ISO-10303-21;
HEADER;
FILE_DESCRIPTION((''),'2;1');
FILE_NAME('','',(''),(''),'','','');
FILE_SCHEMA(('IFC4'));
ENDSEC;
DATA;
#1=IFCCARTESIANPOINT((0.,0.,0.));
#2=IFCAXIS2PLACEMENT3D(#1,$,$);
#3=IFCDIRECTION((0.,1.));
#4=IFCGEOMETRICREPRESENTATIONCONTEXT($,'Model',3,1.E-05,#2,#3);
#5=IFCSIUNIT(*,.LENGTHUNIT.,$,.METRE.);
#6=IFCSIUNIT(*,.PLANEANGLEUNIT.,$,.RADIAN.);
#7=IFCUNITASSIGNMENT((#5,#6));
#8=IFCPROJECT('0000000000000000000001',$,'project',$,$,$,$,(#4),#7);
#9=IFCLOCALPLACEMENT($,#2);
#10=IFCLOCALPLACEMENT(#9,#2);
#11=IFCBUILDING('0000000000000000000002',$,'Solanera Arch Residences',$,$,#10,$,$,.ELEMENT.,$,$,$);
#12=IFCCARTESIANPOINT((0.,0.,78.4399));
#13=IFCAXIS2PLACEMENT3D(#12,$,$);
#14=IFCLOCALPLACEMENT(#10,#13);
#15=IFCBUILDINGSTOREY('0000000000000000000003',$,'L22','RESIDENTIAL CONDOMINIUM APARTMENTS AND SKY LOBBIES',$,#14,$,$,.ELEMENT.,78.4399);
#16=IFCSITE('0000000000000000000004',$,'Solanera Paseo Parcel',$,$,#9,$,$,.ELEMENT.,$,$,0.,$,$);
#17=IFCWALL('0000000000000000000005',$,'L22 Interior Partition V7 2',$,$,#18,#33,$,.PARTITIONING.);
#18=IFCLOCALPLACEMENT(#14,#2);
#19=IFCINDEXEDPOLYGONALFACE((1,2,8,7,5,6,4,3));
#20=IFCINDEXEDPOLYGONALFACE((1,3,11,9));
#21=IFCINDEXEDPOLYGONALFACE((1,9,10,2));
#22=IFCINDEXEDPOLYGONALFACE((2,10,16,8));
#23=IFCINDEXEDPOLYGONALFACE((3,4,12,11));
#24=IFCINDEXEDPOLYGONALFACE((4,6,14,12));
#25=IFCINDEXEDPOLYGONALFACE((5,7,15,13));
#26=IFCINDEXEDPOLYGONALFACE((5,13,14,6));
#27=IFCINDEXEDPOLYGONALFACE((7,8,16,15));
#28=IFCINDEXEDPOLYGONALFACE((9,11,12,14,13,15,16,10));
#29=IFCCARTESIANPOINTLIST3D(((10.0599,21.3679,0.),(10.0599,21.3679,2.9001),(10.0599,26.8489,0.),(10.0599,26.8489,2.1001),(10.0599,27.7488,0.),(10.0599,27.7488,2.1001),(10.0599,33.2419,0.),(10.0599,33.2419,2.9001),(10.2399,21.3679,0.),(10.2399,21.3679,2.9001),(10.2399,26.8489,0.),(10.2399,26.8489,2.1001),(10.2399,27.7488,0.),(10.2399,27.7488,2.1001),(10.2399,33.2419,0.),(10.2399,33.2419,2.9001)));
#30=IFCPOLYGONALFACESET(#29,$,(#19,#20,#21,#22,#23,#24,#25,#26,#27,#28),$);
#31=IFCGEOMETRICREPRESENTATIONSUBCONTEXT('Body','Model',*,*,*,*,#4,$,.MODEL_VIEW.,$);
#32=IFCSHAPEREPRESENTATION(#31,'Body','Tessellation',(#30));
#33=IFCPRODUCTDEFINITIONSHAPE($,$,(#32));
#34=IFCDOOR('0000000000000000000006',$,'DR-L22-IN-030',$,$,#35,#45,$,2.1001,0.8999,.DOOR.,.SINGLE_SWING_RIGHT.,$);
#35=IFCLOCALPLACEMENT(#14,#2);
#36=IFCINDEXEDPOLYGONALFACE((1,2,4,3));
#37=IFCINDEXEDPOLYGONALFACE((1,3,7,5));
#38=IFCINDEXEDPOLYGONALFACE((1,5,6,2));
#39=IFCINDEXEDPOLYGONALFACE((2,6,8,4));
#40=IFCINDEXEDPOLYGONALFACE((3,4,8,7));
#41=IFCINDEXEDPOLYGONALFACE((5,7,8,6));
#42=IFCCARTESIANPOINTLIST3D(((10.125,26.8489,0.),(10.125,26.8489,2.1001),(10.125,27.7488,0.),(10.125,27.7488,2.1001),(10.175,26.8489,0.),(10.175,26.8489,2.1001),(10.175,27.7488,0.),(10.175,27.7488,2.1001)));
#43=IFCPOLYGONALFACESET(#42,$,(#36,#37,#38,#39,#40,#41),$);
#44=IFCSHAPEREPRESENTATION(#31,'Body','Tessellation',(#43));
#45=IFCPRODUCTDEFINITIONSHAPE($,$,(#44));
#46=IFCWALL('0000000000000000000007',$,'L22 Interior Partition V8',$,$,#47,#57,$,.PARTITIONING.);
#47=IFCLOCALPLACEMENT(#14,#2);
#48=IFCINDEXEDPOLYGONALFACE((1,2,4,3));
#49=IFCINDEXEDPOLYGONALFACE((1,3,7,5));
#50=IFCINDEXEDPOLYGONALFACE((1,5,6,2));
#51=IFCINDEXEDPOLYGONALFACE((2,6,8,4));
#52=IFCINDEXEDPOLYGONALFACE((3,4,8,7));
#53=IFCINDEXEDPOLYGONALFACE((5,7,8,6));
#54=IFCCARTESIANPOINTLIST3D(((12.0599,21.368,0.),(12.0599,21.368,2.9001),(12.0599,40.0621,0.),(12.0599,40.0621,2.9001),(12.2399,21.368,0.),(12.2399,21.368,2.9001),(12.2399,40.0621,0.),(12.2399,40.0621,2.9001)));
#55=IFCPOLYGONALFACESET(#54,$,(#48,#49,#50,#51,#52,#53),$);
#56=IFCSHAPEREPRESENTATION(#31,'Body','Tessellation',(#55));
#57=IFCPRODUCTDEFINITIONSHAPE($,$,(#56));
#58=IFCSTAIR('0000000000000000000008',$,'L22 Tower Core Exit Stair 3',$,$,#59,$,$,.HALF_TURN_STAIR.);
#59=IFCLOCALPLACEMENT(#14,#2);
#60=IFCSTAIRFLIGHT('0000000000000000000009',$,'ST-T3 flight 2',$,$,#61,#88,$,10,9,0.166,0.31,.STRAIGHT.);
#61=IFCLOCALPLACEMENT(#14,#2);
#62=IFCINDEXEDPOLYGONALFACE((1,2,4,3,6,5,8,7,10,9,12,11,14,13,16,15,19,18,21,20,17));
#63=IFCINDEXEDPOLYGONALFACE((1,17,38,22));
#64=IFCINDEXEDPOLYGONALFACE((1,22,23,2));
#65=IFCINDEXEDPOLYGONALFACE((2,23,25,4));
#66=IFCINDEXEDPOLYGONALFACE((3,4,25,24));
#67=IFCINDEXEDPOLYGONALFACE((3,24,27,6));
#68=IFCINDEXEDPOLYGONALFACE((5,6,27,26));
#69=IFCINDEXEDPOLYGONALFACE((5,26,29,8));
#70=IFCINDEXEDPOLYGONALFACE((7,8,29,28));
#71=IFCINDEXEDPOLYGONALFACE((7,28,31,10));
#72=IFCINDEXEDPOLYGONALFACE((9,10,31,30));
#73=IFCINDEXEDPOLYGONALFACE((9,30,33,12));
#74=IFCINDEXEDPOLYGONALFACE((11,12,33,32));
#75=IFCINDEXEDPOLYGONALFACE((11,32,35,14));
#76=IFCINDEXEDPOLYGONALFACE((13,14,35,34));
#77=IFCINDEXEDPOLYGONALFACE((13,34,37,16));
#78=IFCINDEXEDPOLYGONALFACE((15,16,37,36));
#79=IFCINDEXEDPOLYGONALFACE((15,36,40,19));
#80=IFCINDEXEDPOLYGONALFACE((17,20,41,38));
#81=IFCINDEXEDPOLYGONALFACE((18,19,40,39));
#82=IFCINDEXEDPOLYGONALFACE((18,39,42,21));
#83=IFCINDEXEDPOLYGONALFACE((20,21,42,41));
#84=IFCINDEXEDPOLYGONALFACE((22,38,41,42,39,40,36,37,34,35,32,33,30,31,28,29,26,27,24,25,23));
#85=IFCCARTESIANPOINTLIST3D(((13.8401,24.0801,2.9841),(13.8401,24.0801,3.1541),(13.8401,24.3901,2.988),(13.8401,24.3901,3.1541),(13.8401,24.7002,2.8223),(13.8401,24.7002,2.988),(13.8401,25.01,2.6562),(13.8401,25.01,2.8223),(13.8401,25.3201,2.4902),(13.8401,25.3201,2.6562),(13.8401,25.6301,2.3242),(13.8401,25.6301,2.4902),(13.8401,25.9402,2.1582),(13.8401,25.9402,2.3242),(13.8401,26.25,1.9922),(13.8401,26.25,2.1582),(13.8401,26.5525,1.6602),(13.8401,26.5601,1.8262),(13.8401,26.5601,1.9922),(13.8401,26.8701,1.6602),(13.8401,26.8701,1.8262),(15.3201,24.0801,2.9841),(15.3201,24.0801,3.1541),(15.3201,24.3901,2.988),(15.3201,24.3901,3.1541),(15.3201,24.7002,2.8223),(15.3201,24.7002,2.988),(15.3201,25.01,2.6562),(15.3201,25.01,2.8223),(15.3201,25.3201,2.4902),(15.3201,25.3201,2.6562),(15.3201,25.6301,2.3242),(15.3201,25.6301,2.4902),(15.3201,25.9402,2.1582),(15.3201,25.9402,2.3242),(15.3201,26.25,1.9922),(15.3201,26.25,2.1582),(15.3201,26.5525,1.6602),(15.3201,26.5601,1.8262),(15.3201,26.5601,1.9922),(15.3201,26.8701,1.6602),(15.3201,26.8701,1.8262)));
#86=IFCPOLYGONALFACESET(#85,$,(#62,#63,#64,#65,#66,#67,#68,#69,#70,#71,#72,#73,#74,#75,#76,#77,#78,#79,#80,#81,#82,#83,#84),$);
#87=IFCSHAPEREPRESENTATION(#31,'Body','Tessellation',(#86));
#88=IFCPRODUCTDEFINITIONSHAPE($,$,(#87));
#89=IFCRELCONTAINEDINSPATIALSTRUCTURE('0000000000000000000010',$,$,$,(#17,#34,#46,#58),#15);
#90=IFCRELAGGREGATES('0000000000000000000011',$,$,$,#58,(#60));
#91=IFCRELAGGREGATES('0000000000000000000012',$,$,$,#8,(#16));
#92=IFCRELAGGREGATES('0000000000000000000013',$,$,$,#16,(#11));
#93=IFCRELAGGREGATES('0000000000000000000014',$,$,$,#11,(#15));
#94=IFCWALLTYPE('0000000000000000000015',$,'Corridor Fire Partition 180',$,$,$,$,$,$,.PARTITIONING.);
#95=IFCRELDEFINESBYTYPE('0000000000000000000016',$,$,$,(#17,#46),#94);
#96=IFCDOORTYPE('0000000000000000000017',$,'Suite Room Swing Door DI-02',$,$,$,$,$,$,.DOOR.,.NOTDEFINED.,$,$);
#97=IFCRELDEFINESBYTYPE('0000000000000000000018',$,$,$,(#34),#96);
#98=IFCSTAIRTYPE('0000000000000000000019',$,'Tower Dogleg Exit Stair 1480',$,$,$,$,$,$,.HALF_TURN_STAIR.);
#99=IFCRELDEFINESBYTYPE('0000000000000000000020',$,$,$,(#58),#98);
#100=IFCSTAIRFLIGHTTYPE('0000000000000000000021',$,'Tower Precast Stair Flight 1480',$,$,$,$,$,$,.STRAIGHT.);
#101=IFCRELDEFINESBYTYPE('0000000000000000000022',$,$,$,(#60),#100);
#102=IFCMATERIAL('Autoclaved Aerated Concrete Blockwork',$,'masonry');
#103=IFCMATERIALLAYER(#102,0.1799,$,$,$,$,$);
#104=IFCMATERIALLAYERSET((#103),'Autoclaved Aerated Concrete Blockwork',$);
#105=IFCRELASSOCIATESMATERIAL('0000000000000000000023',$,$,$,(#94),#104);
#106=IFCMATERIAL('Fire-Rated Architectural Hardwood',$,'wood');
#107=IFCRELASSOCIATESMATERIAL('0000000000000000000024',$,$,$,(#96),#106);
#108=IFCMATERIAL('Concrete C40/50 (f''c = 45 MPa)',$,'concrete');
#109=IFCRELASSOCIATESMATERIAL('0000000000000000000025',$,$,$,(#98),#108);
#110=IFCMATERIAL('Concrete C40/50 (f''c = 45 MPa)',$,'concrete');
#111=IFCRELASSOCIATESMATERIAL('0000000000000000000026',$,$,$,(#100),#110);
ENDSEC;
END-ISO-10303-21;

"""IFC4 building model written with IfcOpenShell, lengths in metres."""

from ifc_helpers import new_model, si_unit, direction, frame, frame_2d, origin, place, context, subcontext, project, spatial, polyline, rectangle, outline, extrude, material, layer, layer_set, type_object, element, fill, aggregate, save


model = new_model("IFC4")

# Units and contexts
model_context = context("Model", 3, precision=1e-05, world=origin(), true_north=direction((0.0, 1.0)))
body_context = subcontext(model_context, "Body", "Model", "MODEL_VIEW")
ifc_project = project(units=[si_unit("LENGTHUNIT", "METRE"), si_unit("PLANEANGLEUNIT", "RADIAN")], contexts=[model_context])

# Site, building, storey
site_placement = place(None, origin())
site = spatial("IfcSite", under=ifc_project, at=site_placement, Name="Solanera Paseo Parcel", CompositionType="ELEMENT", RefElevation=0.0)
building_placement = place(site_placement, origin())
building = spatial("IfcBuilding", under=site, at=building_placement, Name="Solanera Arch Residences", CompositionType="ELEMENT")
storey_placement = place(building_placement, frame((0.0, 0.0, 78.4399)))
storey = spatial("IfcBuildingStorey", under=building, at=storey_placement, Name="L22", Description="RESIDENTIAL CONDOMINIUM APARTMENTS AND SKY LOBBIES", CompositionType="ELEMENT", Elevation=78.4399)

# Wall, opening, door
ifc_material_1 = material(Name="Autoclaved Aerated Concrete Blockwork", Category="masonry")
ifc_layer_1 = layer(ifc_material_1, 0.1799)
ifc_layer_set_1 = layer_set([ifc_layer_1], Name="Autoclaved Aerated Concrete Blockwork")
wall_type_1 = type_object("IfcWallType", Name="Corridor Fire Partition 180", PredefinedType="PARTITIONING", material=ifc_layer_set_1)
wall_1_placement = place(storey_placement, frame((10.1499, 21.3679, 0.0), z_axis=(0.0, 0.0, 1.0), x_axis=(0.0, 1.0, 0.0)))
wall_1 = element("IfcWall", 1, at=wall_1_placement, inside=storey, type_object=wall_type_1, Name="L22 Interior Partition V7 2", PredefinedType="PARTITIONING", context=body_context, shape_type="SweptSolid", body=[
    extrude(rectangle(XDim=11.874, YDim=0.1799, at=frame_2d((5.937, 0.0))), origin(), (0.0, 0.0, 1.0), 2.9001),
])
opening_placement = place(wall_1_placement, frame((5.481, 0.0, 0.0)))
opening = element("IfcOpeningElement", 2, at=opening_placement, cuts=wall_1, PredefinedType="OPENING", context=body_context, shape_type="SweptSolid", body=[
    extrude(rectangle(XDim=0.8999, YDim=2.1001, at=frame_2d((0.45, 1.05))), frame((0.0, 0.1001, 0.0), z_axis=(0.0, -1.0, 0.0), x_axis=(1.0, 0.0, 0.0)), (0.0, 0.0, 1.0), 0.1999),
])
ifc_material_2 = material(Name="Fire-Rated Architectural Hardwood", Category="wood")
door_type = type_object("IfcDoorType", Name="Suite Room Swing Door DI-02", OperationType="NOTDEFINED", PredefinedType="DOOR", material=ifc_material_2)
door_placement = place(opening_placement, origin())
door = element("IfcDoor", 3, at=door_placement, inside=storey, type_object=door_type, Name="DR-L22-IN-030", OperationType="SINGLE_SWING_RIGHT", OverallHeight=2.1001, OverallWidth=0.8999, PredefinedType="DOOR", context=body_context, shape_type="SweptSolid", body=[
    extrude(rectangle(XDim=0.8999, YDim=2.1001, at=frame_2d((0.45, 1.05))), frame((0.0, 0.0249, 0.0), z_axis=(0.0, -1.0, 0.0), x_axis=(1.0, 0.0, 0.0)), (0.0, 0.0, 1.0), 0.05),
])
fill(opening, door)

# Wall
wall_2_placement = place(storey_placement, frame((12.1499, 21.3679, 0.0), z_axis=(0.0, 0.0, 1.0), x_axis=(0.0, 1.0, 0.0)))
element("IfcWall", 4, at=wall_2_placement, inside=storey, type_object=wall_type_1, Name="L22 Interior Partition V8", PredefinedType="PARTITIONING", context=body_context, shape_type="SweptSolid", body=[
    extrude(rectangle(XDim=18.6941, YDim=0.1799, at=frame_2d((9.3472, 0.0))), origin(), (0.0, 0.0, 1.0), 2.9001),
])

# Stair, stair flight
ifc_material_3 = material(Name="Concrete C40/50 (f'c = 45 MPa)", Category="concrete")
stair_type = type_object("IfcStairType", Name="Tower Dogleg Exit Stair 1480", PredefinedType="HALF_TURN_STAIR", material=ifc_material_3)
stair_placement = place(storey_placement, origin())
stair = element("IfcStair", 5, at=stair_placement, inside=storey, type_object=stair_type, Name="L22 Tower Core Exit Stair 3", PredefinedType="HALF_TURN_STAIR")
ifc_material_4 = material(Name="Concrete C40/50 (f'c = 45 MPa)", Category="concrete")
stair_flight_type = type_object("IfcStairFlightType", Name="Tower Precast Stair Flight 1480", PredefinedType="STRAIGHT", material=ifc_material_4)
stair_flight_placement = place(storey_placement, frame((14.5801, 26.8701, 1.6602), z_axis=(0.0, 0.0, 1.0), x_axis=(0.0, -1.0, 0.0)))
stair_flight = element("IfcStairFlight", 6, at=stair_flight_placement, type_object=stair_flight_type, Name="ST-T3 flight 2", NumberOfRisers=10, NumberOfTreads=9, PredefinedType="STRAIGHT", RiserHeight=0.166, TreadLength=0.31, context=body_context, shape_type="SweptSolid", body=[
    extrude(outline(polyline([(0.0, 0.0), (0.0, 0.166), (0.3101, 0.166), (0.3101, 0.332), (0.6201, 0.332), (0.6201, 0.498), (0.9299, 0.498), (0.9299, 0.6641), (1.24, 0.6641), (1.24, 0.8301), (1.55, 0.8301), (1.55, 0.9961), (1.8601, 0.9961), (1.8601, 1.1621), (2.1699, 1.1621), (2.1699, 1.3279), (2.48, 1.3279), (2.48, 1.4939), (2.79, 1.4939), (2.79, 1.6599), (2.79, 1.324), (0.3176, 0.0), (0.0, 0.0)])), frame((0.0, 0.74, 0.0), z_axis=(0.0, -1.0, 0.0), x_axis=(1.0, 0.0, 0.0)), (0.0, 0.0, 1.0), 1.48),
])
aggregate(stair, [stair_flight])

save(model, "model.ifc")
